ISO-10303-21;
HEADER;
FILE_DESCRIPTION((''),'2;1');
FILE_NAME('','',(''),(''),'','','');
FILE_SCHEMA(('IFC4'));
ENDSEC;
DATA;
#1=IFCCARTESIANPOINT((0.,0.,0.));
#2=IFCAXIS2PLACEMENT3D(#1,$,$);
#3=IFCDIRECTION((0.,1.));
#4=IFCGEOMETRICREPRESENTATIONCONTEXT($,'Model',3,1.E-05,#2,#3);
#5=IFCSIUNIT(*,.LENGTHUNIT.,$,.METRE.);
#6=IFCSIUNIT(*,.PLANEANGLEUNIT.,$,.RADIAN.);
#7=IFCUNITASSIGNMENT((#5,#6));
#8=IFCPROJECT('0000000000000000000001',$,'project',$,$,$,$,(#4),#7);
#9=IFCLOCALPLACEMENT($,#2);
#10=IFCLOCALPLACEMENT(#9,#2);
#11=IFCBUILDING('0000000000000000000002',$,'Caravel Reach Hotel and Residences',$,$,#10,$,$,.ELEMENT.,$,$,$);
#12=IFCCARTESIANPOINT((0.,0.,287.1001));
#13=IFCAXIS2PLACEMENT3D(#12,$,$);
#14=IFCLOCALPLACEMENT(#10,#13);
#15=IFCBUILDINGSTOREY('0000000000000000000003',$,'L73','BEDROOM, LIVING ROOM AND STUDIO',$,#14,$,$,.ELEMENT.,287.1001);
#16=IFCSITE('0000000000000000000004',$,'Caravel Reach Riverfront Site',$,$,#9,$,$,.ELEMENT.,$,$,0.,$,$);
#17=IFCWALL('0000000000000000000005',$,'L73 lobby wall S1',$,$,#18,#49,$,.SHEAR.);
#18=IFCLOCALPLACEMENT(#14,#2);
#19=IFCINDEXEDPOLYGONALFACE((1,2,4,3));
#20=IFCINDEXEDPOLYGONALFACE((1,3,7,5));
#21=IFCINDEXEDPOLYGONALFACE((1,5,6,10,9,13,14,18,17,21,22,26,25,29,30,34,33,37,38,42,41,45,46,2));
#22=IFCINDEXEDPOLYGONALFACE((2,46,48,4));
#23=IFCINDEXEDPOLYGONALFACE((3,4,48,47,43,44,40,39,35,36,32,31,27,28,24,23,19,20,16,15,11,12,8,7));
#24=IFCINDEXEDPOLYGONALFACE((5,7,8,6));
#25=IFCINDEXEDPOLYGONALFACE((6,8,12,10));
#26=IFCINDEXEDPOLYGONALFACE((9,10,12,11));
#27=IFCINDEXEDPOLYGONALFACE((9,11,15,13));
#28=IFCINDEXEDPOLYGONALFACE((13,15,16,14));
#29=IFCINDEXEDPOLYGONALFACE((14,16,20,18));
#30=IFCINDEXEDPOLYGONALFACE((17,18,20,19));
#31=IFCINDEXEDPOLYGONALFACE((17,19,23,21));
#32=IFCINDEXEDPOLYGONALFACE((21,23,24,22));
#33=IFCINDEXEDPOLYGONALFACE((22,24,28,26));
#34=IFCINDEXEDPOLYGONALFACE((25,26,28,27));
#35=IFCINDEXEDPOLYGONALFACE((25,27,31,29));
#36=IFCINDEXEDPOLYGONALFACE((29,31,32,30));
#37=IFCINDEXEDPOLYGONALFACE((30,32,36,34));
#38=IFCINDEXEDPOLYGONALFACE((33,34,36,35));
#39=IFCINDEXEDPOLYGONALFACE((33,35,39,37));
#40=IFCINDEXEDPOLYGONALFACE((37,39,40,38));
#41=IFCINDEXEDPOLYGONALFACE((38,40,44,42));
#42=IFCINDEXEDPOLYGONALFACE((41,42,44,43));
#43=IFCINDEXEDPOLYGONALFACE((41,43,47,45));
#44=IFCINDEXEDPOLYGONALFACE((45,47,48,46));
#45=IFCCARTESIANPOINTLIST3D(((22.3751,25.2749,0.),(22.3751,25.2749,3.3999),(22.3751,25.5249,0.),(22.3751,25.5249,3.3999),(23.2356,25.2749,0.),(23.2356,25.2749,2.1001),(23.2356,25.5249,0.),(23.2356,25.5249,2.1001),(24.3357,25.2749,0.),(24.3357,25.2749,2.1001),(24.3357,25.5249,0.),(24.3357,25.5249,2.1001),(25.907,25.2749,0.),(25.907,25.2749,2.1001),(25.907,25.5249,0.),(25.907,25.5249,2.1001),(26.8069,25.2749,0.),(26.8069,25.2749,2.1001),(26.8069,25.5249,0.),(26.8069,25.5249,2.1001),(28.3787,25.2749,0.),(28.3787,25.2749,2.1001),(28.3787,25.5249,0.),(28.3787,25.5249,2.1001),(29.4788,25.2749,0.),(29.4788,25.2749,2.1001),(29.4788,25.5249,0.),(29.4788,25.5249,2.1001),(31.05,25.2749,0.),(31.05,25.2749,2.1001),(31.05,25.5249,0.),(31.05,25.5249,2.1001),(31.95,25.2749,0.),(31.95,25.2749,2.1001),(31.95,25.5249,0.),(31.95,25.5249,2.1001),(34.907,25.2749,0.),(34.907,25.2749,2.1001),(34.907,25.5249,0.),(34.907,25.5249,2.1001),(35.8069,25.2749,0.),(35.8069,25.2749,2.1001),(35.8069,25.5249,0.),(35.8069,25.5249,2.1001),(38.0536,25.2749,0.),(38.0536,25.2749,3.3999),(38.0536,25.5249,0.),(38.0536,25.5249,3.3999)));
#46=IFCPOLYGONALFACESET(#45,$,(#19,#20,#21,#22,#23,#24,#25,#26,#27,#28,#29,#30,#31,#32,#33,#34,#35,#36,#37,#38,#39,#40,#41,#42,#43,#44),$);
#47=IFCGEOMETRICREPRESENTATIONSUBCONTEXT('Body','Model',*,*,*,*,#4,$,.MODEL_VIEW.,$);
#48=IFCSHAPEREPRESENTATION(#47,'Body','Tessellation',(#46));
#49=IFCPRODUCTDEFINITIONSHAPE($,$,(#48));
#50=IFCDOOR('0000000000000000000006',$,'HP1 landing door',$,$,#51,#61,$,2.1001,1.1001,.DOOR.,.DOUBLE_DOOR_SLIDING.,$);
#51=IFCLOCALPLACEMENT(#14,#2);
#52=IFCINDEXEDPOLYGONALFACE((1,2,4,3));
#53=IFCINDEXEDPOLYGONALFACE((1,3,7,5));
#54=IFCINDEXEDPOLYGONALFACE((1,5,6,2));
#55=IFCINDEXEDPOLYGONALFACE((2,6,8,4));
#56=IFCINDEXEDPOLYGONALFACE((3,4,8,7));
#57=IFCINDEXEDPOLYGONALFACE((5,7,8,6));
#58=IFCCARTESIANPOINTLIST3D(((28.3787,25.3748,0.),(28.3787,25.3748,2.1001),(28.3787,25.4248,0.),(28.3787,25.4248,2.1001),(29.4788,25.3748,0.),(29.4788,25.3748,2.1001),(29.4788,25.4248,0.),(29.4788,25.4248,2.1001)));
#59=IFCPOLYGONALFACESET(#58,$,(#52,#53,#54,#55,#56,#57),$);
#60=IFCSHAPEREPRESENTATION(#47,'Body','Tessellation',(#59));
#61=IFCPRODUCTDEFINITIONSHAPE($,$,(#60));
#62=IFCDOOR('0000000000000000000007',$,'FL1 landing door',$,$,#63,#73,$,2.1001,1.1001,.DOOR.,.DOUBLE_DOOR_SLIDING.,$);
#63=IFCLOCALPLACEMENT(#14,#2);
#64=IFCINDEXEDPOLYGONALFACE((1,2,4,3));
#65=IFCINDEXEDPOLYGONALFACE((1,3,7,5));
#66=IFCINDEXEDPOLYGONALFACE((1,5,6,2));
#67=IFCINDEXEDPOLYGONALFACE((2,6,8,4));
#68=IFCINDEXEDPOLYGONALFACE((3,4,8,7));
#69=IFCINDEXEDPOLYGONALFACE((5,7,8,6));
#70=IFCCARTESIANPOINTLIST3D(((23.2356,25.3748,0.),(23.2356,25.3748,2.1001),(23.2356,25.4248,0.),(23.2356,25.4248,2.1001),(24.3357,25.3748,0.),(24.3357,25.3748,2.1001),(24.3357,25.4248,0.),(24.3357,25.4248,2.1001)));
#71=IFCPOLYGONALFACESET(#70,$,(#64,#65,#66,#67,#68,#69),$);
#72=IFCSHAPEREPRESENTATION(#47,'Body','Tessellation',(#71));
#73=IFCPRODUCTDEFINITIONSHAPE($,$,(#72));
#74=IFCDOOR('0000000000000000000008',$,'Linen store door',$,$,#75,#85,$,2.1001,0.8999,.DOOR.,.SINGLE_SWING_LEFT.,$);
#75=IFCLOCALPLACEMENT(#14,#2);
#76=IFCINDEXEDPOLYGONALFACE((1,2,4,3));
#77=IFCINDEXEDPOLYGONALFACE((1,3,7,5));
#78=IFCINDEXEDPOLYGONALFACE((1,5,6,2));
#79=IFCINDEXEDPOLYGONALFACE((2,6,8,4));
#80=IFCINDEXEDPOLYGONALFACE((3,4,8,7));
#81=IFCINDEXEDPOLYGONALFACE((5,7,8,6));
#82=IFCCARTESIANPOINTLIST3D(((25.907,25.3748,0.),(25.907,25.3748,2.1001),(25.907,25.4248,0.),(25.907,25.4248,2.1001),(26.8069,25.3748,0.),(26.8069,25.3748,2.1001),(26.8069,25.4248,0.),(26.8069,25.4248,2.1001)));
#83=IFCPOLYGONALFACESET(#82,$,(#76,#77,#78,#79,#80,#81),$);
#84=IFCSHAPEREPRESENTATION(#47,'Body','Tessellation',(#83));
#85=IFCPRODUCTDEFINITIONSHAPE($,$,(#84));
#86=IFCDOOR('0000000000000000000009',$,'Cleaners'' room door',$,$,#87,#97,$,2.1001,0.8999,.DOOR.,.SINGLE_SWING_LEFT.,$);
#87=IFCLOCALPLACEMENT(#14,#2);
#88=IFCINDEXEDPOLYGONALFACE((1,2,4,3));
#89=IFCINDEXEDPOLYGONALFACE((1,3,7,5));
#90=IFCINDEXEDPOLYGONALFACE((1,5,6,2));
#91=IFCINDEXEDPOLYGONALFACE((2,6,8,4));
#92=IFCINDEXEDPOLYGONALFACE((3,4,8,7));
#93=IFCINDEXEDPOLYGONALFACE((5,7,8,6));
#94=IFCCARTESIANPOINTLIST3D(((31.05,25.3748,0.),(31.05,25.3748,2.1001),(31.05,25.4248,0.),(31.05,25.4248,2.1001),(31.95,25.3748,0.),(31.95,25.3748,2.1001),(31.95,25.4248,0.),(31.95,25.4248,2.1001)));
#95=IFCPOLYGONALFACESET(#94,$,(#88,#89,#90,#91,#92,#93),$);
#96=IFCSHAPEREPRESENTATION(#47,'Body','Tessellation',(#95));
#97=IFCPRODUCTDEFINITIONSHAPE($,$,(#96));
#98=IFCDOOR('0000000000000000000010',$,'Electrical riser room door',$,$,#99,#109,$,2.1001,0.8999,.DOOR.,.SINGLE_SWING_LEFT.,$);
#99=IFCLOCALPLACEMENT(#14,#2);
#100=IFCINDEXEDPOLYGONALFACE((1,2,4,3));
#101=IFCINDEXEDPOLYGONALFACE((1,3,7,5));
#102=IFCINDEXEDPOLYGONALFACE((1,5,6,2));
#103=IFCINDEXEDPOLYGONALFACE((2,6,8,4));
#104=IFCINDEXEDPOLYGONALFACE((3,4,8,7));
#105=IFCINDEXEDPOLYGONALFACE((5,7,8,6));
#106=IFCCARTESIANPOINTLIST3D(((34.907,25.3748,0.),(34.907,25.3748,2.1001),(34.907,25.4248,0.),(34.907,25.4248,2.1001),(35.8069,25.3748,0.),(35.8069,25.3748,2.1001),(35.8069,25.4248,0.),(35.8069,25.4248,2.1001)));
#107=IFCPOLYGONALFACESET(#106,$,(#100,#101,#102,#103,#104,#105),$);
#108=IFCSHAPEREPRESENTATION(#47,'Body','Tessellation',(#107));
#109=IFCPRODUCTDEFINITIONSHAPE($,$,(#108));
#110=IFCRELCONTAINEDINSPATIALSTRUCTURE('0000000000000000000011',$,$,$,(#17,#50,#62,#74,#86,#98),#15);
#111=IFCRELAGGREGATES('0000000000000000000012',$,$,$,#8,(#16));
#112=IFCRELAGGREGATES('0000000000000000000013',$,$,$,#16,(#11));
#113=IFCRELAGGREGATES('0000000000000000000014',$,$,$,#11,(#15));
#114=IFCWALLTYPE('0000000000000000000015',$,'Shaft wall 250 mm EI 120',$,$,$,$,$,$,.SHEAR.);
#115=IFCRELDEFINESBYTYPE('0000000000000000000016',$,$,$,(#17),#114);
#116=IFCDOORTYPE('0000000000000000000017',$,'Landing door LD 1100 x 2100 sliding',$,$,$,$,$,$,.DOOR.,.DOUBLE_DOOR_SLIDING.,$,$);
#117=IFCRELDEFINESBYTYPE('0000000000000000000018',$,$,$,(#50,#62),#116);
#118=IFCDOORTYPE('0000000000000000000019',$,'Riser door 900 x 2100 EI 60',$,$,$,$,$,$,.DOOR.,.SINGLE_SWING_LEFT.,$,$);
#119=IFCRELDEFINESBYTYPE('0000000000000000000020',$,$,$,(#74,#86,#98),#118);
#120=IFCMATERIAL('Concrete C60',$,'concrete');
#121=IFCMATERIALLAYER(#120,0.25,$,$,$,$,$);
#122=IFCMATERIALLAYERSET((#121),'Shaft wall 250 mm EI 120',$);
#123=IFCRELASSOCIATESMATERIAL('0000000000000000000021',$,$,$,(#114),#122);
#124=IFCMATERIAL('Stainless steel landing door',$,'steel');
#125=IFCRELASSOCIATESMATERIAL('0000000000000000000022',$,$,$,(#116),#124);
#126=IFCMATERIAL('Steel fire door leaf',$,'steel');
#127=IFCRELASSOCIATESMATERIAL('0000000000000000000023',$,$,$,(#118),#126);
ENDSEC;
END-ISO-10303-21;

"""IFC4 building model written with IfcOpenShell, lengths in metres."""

from ifc_helpers import new_model, si_unit, direction, frame, frame_2d, origin, place, context, subcontext, project, spatial, rectangle, extrude, material, layer, layer_set, type_object, element, fill, save


model = new_model("IFC4")

# Units and contexts
model_context = context("Model", 3, precision=1e-05, world=origin(), true_north=direction((0.0, 1.0)))
body_context = subcontext(model_context, "Body", "Model", "MODEL_VIEW")
ifc_project = project(units=[si_unit("LENGTHUNIT", "METRE"), si_unit("PLANEANGLEUNIT", "RADIAN")], contexts=[model_context])

# Site, building, storey
site_placement = place(None, origin())
site = spatial("IfcSite", under=ifc_project, at=site_placement, Name="Caravel Reach Riverfront Site", CompositionType="ELEMENT", RefElevation=0.0)
building_placement = place(site_placement, origin())
building = spatial("IfcBuilding", under=site, at=building_placement, Name="Caravel Reach Hotel and Residences", CompositionType="ELEMENT")
storey_placement = place(building_placement, frame((0.0, 0.0, 287.1001)))
storey = spatial("IfcBuildingStorey", under=building, at=storey_placement, Name="L73", Description="BEDROOM, LIVING ROOM AND STUDIO", CompositionType="ELEMENT", Elevation=287.1001)

# Wall, openings, doors
ifc_material_1 = material(Name="Concrete C60", Category="concrete")
ifc_layer_1 = layer(ifc_material_1, 0.25)
ifc_layer_set_1 = layer_set([ifc_layer_1], Name="Shaft wall 250 mm EI 120")
wall_type_1 = type_object("IfcWallType", Name="Shaft wall 250 mm EI 120", PredefinedType="SHEAR", material=ifc_layer_set_1)
wall_1_placement = place(storey_placement, frame((22.375, 25.3999, 0.0), z_axis=(0.0, 0.0, 1.0), x_axis=(1.0, 0.0, 0.0)))
wall_1 = element("IfcWall", 1, at=wall_1_placement, inside=storey, type_object=wall_type_1, Name="L73 lobby wall S1", PredefinedType="SHEAR", context=body_context, shape_type="SweptSolid", body=[
    extrude(rectangle(XDim=15.6785, YDim=0.25, at=frame_2d((7.8394, 0.0))), origin(), (0.0, 0.0, 1.0), 3.3999),
])
opening_1_placement = place(wall_1_placement, frame((6.0037, 0.0, 0.0)))
opening_1 = element("IfcOpeningElement", 2, at=opening_1_placement, cuts=wall_1, PredefinedType="OPENING", context=body_context, shape_type="SweptSolid", body=[
    extrude(rectangle(XDim=1.1001, YDim=2.1001, at=frame_2d((0.55, 1.05))), frame((0.0, 0.135, 0.0), z_axis=(0.0, -1.0, 0.0), x_axis=(1.0, 0.0, 0.0)), (0.0, 0.0, 1.0), 0.27),
])
opening_2_placement = place(wall_1_placement, frame((0.8606, 0.0, 0.0)))
opening_2 = element("IfcOpeningElement", 3, at=opening_2_placement, cuts=wall_1, PredefinedType="OPENING", context=body_context, shape_type="SweptSolid", body=[
    extrude(rectangle(XDim=1.1001, YDim=2.1001, at=frame_2d((0.55, 1.05))), frame((0.0, 0.135, 0.0), z_axis=(0.0, -1.0, 0.0), x_axis=(1.0, 0.0, 0.0)), (0.0, 0.0, 1.0), 0.27),
])
opening_3_placement = place(wall_1_placement, frame((3.532, 0.0, 0.0)))
opening_3 = element("IfcOpeningElement", 4, at=opening_3_placement, cuts=wall_1, PredefinedType="OPENING", context=body_context, shape_type="SweptSolid", body=[
    extrude(rectangle(XDim=0.8999, YDim=2.1001, at=frame_2d((0.45, 1.05))), frame((0.0, 0.135, 0.0), z_axis=(0.0, -1.0, 0.0), x_axis=(1.0, 0.0, 0.0)), (0.0, 0.0, 1.0), 0.27),
])
opening_4_placement = place(wall_1_placement, frame((8.675, 0.0, 0.0)))
opening_4 = element("IfcOpeningElement", 5, at=opening_4_placement, cuts=wall_1, PredefinedType="OPENING", context=body_context, shape_type="SweptSolid", body=[
    extrude(rectangle(XDim=0.8999, YDim=2.1001, at=frame_2d((0.45, 1.05))), frame((0.0, 0.135, 0.0), z_axis=(0.0, -1.0, 0.0), x_axis=(1.0, 0.0, 0.0)), (0.0, 0.0, 1.0), 0.27),
])
opening_5_placement = place(wall_1_placement, frame((12.532, 0.0, 0.0)))
opening_5 = element("IfcOpeningElement", 6, at=opening_5_placement, cuts=wall_1, PredefinedType="OPENING", context=body_context, shape_type="SweptSolid", body=[
    extrude(rectangle(XDim=0.8999, YDim=2.1001, at=frame_2d((0.45, 1.05))), frame((0.0, 0.135, 0.0), z_axis=(0.0, -1.0, 0.0), x_axis=(1.0, 0.0, 0.0)), (0.0, 0.0, 1.0), 0.27),
])
ifc_material_2 = material(Name="Stainless steel landing door", Category="steel")
door_type_1 = type_object("IfcDoorType", Name="Landing door LD 1100 x 2100 sliding", OperationType="DOUBLE_DOOR_SLIDING", PredefinedType="DOOR", material=ifc_material_2)
door_1_placement = place(opening_1_placement, origin())
door_1 = element("IfcDoor", 7, at=door_1_placement, inside=storey, type_object=door_type_1, Name="HP1 landing door", OperationType="DOUBLE_DOOR_SLIDING", OverallHeight=2.1001, OverallWidth=1.1001, PredefinedType="DOOR", context=body_context, shape_type="SweptSolid", body=[
    extrude(rectangle(XDim=1.1001, YDim=2.1001, at=frame_2d((0.55, 1.05))), frame((0.0, 0.0249, 0.0), z_axis=(0.0, -1.0, 0.0), x_axis=(1.0, 0.0, 0.0)), (0.0, 0.0, 1.0), 0.05),
])
fill(opening_1, door_1)
door_2_placement = place(opening_2_placement, origin())
door_2 = element("IfcDoor", 8, at=door_2_placement, inside=storey, type_object=door_type_1, Name="FL1 landing door", OperationType="DOUBLE_DOOR_SLIDING", OverallHeight=2.1001, OverallWidth=1.1001, PredefinedType="DOOR", context=body_context, shape_type="SweptSolid", body=[
    extrude(rectangle(XDim=1.1001, YDim=2.1001, at=frame_2d((0.55, 1.05))), frame((0.0, 0.0249, 0.0), z_axis=(0.0, -1.0, 0.0), x_axis=(1.0, 0.0, 0.0)), (0.0, 0.0, 1.0), 0.05),
])
fill(opening_2, door_2)
ifc_material_3 = material(Name="Steel fire door leaf", Category="steel")
door_type_2 = type_object("IfcDoorType", Name="Riser door 900 x 2100 EI 60", OperationType="SINGLE_SWING_LEFT", PredefinedType="DOOR", material=ifc_material_3)
door_3_placement = place(opening_3_placement, origin())
door_3 = element("IfcDoor", 9, at=door_3_placement, inside=storey, type_object=door_type_2, Name="Linen store door", OperationType="SINGLE_SWING_LEFT", OverallHeight=2.1001, OverallWidth=0.8999, PredefinedType="DOOR", context=body_context, shape_type="SweptSolid", body=[
    extrude(rectangle(XDim=0.8999, YDim=2.1001, at=frame_2d((0.45, 1.05))), frame((0.0, 0.0249, 0.0), z_axis=(0.0, -1.0, 0.0), x_axis=(1.0, 0.0, 0.0)), (0.0, 0.0, 1.0), 0.05),
])
fill(opening_3, door_3)
door_4_placement = place(opening_4_placement, origin())
door_4 = element("IfcDoor", 10, at=door_4_placement, inside=storey, type_object=door_type_2, Name="Cleaners' room door", OperationType="SINGLE_SWING_LEFT", OverallHeight=2.1001, OverallWidth=0.8999, PredefinedType="DOOR", context=body_context, shape_type="SweptSolid", body=[
    extrude(rectangle(XDim=0.8999, YDim=2.1001, at=frame_2d((0.45, 1.05))), frame((0.0, 0.0249, 0.0), z_axis=(0.0, -1.0, 0.0), x_axis=(1.0, 0.0, 0.0)), (0.0, 0.0, 1.0), 0.05),
])
fill(opening_4, door_4)
door_5_placement = place(opening_5_placement, origin())
door_5 = element("IfcDoor", 11, at=door_5_placement, inside=storey, type_object=door_type_2, Name="Electrical riser room door", OperationType="SINGLE_SWING_LEFT", OverallHeight=2.1001, OverallWidth=0.8999, PredefinedType="DOOR", context=body_context, shape_type="SweptSolid", body=[
    extrude(rectangle(XDim=0.8999, YDim=2.1001, at=frame_2d((0.45, 1.05))), frame((0.0, 0.0249, 0.0), z_axis=(0.0, -1.0, 0.0), x_axis=(1.0, 0.0, 0.0)), (0.0, 0.0, 1.0), 0.05),
])
fill(opening_5, door_5)

save(model, "model.ifc")
